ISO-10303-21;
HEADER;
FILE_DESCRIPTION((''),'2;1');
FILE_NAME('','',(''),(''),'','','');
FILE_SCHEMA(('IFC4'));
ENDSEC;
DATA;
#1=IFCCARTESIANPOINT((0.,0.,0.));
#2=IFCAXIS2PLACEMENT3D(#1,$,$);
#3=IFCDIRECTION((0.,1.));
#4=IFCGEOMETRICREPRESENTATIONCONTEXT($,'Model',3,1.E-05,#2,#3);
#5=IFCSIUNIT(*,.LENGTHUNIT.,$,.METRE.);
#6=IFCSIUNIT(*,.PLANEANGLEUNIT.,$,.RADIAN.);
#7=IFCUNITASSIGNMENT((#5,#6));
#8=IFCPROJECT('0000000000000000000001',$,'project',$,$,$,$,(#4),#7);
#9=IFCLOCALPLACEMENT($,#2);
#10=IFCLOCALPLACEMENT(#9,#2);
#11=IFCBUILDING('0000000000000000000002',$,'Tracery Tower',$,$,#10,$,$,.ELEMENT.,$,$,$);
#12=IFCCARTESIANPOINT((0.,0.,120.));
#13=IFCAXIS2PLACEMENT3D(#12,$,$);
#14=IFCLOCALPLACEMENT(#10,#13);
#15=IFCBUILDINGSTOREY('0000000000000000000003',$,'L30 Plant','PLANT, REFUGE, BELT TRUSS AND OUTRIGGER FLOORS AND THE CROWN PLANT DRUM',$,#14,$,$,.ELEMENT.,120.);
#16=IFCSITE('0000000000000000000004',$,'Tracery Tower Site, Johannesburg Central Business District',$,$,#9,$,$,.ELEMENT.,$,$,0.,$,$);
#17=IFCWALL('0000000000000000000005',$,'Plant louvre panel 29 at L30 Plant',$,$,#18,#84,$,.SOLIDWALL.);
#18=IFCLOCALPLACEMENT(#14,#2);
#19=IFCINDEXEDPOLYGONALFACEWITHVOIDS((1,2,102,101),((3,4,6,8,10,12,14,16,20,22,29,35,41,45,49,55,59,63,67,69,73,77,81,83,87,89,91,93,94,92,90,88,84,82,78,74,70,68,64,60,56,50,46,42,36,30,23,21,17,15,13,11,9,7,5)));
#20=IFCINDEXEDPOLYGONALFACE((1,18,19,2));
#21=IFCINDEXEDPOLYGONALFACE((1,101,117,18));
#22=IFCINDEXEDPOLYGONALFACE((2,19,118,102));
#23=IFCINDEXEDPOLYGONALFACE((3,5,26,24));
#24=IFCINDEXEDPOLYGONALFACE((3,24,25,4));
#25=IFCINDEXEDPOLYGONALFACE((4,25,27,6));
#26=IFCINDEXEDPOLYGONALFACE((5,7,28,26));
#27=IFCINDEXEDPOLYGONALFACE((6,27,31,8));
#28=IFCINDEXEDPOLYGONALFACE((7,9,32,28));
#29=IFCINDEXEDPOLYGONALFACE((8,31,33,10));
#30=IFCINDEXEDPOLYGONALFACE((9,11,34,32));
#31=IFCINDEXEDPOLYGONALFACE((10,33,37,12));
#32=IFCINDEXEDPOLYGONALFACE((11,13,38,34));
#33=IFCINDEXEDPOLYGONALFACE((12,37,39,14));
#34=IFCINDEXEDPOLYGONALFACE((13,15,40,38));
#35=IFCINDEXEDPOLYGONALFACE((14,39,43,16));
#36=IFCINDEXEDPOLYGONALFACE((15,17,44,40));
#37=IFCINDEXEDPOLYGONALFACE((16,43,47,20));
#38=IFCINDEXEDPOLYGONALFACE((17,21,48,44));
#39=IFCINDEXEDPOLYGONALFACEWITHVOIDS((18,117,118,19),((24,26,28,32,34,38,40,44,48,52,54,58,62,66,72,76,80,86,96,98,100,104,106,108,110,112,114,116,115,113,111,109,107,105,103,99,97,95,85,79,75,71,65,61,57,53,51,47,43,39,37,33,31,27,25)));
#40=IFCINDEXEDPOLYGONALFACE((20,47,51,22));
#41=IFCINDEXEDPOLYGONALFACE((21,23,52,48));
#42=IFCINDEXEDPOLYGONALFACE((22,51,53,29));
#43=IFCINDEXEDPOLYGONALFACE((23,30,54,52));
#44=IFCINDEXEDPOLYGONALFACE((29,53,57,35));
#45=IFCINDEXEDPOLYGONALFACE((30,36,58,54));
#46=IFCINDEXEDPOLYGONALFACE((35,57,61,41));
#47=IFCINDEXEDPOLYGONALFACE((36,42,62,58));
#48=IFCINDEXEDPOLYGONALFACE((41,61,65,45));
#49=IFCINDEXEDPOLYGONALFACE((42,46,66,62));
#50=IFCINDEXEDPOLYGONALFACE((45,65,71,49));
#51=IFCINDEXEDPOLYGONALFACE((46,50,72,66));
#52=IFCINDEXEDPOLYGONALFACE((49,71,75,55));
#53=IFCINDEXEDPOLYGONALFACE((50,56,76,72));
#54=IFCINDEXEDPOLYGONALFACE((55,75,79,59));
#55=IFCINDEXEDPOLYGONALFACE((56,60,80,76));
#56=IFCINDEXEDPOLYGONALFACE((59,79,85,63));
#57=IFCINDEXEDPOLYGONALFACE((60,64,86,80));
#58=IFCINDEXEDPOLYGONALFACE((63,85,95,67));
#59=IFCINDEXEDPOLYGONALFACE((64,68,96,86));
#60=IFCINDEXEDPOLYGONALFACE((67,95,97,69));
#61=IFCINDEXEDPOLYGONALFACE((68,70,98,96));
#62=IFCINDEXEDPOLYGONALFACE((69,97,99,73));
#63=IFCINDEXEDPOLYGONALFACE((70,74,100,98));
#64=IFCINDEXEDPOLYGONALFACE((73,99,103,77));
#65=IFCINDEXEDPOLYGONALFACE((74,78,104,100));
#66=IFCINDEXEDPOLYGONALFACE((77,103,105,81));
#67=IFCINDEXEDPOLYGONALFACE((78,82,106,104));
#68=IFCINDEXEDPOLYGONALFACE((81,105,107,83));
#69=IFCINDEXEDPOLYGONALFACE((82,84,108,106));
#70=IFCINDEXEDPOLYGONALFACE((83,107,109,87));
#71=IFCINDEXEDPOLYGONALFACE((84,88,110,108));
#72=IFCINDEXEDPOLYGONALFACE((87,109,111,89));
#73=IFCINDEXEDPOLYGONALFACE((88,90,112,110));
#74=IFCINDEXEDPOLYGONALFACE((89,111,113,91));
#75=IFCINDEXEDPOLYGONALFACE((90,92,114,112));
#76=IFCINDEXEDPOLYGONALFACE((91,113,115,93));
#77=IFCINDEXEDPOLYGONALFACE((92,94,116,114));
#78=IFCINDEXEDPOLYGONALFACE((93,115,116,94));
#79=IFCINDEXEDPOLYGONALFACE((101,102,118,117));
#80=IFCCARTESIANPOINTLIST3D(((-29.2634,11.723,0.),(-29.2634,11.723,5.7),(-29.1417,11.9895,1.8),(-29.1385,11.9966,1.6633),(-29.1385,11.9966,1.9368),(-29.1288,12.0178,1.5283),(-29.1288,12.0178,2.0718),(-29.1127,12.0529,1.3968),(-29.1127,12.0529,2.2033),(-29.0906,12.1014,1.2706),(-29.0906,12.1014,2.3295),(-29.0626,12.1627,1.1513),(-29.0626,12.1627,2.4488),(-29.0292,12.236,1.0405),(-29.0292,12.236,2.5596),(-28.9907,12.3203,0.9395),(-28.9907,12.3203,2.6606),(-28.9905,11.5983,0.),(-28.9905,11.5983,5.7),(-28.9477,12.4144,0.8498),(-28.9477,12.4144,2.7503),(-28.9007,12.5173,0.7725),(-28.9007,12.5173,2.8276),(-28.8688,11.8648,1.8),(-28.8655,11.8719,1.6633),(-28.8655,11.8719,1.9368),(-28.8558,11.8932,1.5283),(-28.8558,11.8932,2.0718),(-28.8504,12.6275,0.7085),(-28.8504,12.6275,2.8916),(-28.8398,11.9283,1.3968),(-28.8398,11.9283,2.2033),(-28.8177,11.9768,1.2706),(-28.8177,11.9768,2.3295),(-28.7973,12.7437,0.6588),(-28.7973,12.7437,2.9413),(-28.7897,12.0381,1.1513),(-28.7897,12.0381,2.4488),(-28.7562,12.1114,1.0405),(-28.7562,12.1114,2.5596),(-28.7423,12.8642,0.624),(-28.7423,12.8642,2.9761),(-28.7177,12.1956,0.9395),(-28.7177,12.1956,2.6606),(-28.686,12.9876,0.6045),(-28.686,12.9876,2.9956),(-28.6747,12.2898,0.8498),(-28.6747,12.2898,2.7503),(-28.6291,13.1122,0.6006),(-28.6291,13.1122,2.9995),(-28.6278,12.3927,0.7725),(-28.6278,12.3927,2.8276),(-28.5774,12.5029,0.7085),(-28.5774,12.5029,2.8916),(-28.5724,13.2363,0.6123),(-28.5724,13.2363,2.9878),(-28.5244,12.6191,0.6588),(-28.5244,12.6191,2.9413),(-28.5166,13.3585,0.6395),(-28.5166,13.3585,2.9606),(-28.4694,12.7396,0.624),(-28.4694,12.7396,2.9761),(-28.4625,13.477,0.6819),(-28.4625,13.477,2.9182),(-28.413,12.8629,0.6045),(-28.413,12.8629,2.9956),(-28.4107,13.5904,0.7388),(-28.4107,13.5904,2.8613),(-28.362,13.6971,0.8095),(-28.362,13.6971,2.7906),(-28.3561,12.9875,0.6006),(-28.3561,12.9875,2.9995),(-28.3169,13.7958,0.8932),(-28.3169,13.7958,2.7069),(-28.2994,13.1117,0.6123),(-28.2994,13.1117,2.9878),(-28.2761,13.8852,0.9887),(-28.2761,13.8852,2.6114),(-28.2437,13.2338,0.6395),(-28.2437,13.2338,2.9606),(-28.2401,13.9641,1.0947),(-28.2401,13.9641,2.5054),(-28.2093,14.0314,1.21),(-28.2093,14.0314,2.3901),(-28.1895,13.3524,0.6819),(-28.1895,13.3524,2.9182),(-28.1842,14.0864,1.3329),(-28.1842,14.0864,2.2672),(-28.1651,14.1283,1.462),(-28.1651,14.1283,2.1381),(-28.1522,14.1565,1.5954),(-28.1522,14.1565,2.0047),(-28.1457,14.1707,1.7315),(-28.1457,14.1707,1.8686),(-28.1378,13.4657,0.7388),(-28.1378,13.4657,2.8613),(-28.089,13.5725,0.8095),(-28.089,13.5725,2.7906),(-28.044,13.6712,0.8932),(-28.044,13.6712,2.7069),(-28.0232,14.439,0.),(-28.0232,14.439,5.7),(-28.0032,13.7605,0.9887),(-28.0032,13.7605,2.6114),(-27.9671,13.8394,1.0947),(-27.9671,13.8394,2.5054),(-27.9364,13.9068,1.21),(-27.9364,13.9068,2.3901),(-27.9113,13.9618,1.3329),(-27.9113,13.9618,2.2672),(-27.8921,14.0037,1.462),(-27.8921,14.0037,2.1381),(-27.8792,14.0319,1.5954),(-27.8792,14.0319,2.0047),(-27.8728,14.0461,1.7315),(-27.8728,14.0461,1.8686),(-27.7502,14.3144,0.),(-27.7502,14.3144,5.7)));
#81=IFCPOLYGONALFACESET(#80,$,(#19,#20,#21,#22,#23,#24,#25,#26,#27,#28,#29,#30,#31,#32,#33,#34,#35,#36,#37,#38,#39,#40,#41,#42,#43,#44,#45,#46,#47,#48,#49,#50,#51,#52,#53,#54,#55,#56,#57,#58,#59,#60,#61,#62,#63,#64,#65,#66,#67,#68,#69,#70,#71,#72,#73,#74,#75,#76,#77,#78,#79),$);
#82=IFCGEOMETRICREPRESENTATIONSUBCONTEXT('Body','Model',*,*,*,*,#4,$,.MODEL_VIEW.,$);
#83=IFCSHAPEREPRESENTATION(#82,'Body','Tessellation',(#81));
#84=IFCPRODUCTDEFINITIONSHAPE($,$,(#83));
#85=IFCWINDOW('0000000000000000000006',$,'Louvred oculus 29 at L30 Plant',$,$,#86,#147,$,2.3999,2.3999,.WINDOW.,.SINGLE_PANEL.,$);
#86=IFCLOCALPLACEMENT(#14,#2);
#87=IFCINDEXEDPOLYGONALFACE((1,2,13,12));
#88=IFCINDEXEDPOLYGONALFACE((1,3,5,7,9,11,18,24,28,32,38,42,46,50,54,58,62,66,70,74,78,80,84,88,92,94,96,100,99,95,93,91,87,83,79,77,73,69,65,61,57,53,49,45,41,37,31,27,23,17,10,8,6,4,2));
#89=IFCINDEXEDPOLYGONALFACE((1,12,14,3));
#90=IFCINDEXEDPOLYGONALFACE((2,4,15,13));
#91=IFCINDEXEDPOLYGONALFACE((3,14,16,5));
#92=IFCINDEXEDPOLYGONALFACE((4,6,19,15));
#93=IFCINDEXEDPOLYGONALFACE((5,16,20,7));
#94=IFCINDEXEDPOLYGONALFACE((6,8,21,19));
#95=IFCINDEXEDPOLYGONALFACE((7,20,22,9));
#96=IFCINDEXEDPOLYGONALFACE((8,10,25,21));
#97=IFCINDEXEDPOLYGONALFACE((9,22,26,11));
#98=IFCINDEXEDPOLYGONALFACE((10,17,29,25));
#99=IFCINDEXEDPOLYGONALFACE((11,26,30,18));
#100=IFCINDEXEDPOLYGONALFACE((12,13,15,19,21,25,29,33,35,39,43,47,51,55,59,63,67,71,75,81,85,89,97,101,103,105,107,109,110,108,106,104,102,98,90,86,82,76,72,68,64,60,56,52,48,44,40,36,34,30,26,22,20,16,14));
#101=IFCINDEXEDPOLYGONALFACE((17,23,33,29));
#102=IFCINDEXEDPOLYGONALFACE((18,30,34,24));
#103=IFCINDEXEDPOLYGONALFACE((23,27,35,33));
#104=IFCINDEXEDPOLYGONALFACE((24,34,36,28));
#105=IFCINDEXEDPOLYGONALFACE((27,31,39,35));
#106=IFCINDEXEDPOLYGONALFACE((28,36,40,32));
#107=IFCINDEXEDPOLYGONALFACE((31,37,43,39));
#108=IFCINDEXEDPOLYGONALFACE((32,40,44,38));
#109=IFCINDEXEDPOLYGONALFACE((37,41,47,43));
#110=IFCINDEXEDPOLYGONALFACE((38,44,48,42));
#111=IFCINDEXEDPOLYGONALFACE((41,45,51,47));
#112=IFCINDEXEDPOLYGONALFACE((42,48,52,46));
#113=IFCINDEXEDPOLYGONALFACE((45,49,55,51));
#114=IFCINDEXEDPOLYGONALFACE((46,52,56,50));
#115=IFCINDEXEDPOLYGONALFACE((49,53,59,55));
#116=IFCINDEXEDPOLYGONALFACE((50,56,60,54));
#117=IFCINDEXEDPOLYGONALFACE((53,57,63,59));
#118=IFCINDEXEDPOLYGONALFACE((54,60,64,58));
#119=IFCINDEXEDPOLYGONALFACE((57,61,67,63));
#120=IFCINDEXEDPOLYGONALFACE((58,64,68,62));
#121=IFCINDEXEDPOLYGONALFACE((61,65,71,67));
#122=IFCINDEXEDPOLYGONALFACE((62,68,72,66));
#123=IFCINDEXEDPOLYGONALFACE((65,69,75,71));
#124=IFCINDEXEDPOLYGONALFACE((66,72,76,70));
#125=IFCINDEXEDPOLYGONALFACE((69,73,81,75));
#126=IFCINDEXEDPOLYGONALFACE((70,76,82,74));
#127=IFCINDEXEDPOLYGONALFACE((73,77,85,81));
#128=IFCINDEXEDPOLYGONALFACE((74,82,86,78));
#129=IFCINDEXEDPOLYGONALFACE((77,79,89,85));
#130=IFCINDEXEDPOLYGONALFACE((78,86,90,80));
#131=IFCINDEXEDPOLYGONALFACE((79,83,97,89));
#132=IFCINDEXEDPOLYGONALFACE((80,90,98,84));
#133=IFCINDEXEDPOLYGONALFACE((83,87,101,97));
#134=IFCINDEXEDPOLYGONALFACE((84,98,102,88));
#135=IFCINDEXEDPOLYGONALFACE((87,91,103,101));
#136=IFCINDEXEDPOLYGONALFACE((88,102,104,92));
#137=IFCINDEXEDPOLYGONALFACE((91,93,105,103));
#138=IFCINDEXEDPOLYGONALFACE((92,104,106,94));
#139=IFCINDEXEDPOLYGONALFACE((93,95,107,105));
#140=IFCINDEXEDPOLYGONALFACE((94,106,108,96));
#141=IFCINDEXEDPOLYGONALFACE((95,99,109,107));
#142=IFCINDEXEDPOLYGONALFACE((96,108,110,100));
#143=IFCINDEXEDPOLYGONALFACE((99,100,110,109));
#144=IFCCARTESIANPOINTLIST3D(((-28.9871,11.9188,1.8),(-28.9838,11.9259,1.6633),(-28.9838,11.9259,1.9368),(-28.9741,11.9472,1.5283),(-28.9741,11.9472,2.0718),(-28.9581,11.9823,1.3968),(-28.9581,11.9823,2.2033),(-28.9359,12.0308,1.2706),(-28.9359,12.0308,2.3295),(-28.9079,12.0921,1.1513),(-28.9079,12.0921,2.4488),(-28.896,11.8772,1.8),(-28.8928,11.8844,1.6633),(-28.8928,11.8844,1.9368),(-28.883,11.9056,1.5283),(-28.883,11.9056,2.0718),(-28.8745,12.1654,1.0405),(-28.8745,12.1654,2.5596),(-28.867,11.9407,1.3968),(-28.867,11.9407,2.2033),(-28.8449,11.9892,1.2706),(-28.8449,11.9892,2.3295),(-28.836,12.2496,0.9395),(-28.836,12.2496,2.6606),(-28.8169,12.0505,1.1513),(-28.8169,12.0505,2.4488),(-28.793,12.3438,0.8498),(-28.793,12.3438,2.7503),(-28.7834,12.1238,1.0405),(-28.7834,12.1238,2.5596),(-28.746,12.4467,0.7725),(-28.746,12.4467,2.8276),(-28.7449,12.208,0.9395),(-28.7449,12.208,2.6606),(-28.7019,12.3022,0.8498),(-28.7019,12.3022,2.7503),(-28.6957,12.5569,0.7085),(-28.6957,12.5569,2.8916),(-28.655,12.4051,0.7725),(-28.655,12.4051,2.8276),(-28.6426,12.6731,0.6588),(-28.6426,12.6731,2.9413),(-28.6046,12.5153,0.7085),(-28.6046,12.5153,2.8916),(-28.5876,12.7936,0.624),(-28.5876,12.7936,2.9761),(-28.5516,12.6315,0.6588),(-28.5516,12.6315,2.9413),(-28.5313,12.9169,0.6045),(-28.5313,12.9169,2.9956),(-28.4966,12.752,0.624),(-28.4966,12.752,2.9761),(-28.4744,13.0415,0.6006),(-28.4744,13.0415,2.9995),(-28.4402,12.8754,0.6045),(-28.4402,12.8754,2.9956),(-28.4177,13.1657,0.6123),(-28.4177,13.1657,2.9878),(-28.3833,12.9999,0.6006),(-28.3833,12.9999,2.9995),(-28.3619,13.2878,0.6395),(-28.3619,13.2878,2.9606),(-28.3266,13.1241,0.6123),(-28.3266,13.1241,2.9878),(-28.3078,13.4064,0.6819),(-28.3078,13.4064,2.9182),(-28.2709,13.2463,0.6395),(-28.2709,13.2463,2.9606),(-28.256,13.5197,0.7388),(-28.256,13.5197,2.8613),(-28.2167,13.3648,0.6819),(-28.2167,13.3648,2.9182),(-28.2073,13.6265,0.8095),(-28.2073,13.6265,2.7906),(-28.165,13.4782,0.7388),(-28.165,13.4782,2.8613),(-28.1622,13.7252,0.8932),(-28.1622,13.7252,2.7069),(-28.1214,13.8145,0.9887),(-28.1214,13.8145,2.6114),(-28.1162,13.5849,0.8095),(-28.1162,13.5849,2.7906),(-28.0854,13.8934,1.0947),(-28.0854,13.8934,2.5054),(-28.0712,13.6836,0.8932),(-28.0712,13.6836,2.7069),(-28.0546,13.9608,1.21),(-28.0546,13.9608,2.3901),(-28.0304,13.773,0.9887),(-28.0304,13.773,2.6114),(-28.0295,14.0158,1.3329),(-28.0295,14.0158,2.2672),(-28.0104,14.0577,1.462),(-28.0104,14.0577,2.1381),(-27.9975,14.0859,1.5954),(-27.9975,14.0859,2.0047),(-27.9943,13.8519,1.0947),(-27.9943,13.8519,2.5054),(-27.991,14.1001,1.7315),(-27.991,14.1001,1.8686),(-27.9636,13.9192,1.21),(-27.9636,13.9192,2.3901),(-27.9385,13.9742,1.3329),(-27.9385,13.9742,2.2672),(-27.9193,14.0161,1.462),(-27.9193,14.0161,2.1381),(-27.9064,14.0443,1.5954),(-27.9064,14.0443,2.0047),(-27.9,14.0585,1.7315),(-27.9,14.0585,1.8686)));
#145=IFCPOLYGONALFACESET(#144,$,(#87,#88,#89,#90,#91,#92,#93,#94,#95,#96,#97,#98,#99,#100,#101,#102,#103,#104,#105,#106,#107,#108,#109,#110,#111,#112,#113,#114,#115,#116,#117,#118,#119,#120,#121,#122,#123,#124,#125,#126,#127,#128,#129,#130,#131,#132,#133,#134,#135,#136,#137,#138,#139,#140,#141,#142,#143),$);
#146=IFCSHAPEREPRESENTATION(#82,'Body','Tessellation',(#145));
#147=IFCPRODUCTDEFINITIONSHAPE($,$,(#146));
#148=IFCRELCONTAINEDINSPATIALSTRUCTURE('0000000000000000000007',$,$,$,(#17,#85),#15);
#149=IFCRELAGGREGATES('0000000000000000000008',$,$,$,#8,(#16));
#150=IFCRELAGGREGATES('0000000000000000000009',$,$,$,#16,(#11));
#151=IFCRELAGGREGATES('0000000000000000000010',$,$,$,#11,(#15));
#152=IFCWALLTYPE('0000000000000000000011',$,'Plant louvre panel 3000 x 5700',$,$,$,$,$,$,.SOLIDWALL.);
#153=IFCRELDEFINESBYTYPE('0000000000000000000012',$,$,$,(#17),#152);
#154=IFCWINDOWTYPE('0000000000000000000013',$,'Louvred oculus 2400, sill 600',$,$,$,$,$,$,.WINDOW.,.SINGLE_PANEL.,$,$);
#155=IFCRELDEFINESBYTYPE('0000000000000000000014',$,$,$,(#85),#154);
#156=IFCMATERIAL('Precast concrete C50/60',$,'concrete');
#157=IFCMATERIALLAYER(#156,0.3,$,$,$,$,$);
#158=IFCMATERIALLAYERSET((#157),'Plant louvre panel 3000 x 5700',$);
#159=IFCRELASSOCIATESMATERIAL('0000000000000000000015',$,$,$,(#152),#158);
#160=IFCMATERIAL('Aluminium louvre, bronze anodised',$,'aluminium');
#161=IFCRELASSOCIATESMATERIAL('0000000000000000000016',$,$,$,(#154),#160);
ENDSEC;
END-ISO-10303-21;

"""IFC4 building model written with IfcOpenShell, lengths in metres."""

from ifc_helpers import new_model, si_unit, direction, frame, frame_2d, origin, origin_2d, place, context, subcontext, project, spatial, rectangle, circle, extrude, material, layer, layer_set, type_object, element, fill, save


model = new_model("IFC4")

# Units and contexts
model_context = context("Model", 3, precision=1e-05, world=origin(), true_north=direction((0.0, 1.0)))
body_context = subcontext(model_context, "Body", "Model", "MODEL_VIEW")
ifc_project = project(units=[si_unit("LENGTHUNIT", "METRE"), si_unit("PLANEANGLEUNIT", "RADIAN")], contexts=[model_context])

# Site, building, storey
site_placement = place(None, origin())
site = spatial("IfcSite", under=ifc_project, at=site_placement, Name="Tracery Tower Site, Johannesburg Central Business District", CompositionType="ELEMENT", RefElevation=0.0)
building_placement = place(site_placement, origin())
building = spatial("IfcBuilding", under=site, at=building_placement, Name="Tracery Tower", CompositionType="ELEMENT")
storey_placement = place(building_placement, frame((0.0, 0.0, 120.0)))
storey = spatial("IfcBuildingStorey", under=building, at=storey_placement, Name="L30 Plant", Description="PLANT, REFUGE, BELT TRUSS AND OUTRIGGER FLOORS AND THE CROWN PLANT DRUM", CompositionType="ELEMENT", Elevation=120.0)

# Wall, opening, window
ifc_material_1 = material(Name="Precast concrete C50/60", Category="concrete")
ifc_layer_1 = layer(ifc_material_1, 0.3)
ifc_layer_set_1 = layer_set([ifc_layer_1], Name="Plant louvre panel 3000 x 5700")
wall_type_1 = type_object("IfcWallType", Name="Plant louvre panel 3000 x 5700", PredefinedType="SOLIDWALL", material=ifc_layer_set_1)
ifc_material_2 = material(Name="Aluminium louvre, bronze anodised", Category="aluminium")
window_type = type_object("IfcWindowType", Name="Louvred oculus 2400, sill 600", PartitioningType="SINGLE_PANEL", PredefinedType="WINDOW", material=ifc_material_2)
wall_1_placement = place(storey_placement, frame((-27.8867, 14.3767, 0.0), z_axis=(0.0, 0.0, 1.0), x_axis=(-0.415373, -0.909651, 0.0)))
wall_1 = element("IfcWall", 1, at=wall_1_placement, inside=storey, type_object=wall_type_1, Name="Plant louvre panel 29 at L30 Plant", PredefinedType="SOLIDWALL", context=body_context, shape_type="SweptSolid", body=[
    extrude(rectangle(XDim=2.9858, YDim=0.3, at=frame_2d((1.4929, 0.0))), origin(), (0.0, 0.0, 1.0), 5.7),
])
opening_1_placement = place(wall_1_placement, frame((1.4929, 0.0, 1.8)))
opening_1 = element("IfcOpeningElement", 2, at=opening_1_placement, cuts=wall_1, PredefinedType="OPENING", context=body_context, shape_type="SweptSolid", body=[
    extrude(circle(Radius=1.2, at=origin_2d()), frame((0.0, 0.1599, 0.0), z_axis=(0.0, -1.0, 0.0), x_axis=(1.0, 0.0, 0.0)), (0.0, 0.0, 1.0), 0.3201),
])
window_1_placement = place(opening_1_placement, origin())
window_1 = element("IfcWindow", 3, at=window_1_placement, inside=storey, type_object=window_type, Name="Louvred oculus 29 at L30 Plant", OverallHeight=2.3999, OverallWidth=2.3999, PartitioningType="SINGLE_PANEL", PredefinedType="WINDOW", context=body_context, shape_type="SweptSolid", body=[
    extrude(circle(Radius=1.2, at=origin_2d()), frame((0.0, 0.1201, 0.0), z_axis=(0.0, -1.0, 0.0), x_axis=(1.0, 0.0, 0.0)), (0.0, 0.0, 1.0), 0.1001),
])
fill(opening_1, window_1)

save(model, "model.ifc")
